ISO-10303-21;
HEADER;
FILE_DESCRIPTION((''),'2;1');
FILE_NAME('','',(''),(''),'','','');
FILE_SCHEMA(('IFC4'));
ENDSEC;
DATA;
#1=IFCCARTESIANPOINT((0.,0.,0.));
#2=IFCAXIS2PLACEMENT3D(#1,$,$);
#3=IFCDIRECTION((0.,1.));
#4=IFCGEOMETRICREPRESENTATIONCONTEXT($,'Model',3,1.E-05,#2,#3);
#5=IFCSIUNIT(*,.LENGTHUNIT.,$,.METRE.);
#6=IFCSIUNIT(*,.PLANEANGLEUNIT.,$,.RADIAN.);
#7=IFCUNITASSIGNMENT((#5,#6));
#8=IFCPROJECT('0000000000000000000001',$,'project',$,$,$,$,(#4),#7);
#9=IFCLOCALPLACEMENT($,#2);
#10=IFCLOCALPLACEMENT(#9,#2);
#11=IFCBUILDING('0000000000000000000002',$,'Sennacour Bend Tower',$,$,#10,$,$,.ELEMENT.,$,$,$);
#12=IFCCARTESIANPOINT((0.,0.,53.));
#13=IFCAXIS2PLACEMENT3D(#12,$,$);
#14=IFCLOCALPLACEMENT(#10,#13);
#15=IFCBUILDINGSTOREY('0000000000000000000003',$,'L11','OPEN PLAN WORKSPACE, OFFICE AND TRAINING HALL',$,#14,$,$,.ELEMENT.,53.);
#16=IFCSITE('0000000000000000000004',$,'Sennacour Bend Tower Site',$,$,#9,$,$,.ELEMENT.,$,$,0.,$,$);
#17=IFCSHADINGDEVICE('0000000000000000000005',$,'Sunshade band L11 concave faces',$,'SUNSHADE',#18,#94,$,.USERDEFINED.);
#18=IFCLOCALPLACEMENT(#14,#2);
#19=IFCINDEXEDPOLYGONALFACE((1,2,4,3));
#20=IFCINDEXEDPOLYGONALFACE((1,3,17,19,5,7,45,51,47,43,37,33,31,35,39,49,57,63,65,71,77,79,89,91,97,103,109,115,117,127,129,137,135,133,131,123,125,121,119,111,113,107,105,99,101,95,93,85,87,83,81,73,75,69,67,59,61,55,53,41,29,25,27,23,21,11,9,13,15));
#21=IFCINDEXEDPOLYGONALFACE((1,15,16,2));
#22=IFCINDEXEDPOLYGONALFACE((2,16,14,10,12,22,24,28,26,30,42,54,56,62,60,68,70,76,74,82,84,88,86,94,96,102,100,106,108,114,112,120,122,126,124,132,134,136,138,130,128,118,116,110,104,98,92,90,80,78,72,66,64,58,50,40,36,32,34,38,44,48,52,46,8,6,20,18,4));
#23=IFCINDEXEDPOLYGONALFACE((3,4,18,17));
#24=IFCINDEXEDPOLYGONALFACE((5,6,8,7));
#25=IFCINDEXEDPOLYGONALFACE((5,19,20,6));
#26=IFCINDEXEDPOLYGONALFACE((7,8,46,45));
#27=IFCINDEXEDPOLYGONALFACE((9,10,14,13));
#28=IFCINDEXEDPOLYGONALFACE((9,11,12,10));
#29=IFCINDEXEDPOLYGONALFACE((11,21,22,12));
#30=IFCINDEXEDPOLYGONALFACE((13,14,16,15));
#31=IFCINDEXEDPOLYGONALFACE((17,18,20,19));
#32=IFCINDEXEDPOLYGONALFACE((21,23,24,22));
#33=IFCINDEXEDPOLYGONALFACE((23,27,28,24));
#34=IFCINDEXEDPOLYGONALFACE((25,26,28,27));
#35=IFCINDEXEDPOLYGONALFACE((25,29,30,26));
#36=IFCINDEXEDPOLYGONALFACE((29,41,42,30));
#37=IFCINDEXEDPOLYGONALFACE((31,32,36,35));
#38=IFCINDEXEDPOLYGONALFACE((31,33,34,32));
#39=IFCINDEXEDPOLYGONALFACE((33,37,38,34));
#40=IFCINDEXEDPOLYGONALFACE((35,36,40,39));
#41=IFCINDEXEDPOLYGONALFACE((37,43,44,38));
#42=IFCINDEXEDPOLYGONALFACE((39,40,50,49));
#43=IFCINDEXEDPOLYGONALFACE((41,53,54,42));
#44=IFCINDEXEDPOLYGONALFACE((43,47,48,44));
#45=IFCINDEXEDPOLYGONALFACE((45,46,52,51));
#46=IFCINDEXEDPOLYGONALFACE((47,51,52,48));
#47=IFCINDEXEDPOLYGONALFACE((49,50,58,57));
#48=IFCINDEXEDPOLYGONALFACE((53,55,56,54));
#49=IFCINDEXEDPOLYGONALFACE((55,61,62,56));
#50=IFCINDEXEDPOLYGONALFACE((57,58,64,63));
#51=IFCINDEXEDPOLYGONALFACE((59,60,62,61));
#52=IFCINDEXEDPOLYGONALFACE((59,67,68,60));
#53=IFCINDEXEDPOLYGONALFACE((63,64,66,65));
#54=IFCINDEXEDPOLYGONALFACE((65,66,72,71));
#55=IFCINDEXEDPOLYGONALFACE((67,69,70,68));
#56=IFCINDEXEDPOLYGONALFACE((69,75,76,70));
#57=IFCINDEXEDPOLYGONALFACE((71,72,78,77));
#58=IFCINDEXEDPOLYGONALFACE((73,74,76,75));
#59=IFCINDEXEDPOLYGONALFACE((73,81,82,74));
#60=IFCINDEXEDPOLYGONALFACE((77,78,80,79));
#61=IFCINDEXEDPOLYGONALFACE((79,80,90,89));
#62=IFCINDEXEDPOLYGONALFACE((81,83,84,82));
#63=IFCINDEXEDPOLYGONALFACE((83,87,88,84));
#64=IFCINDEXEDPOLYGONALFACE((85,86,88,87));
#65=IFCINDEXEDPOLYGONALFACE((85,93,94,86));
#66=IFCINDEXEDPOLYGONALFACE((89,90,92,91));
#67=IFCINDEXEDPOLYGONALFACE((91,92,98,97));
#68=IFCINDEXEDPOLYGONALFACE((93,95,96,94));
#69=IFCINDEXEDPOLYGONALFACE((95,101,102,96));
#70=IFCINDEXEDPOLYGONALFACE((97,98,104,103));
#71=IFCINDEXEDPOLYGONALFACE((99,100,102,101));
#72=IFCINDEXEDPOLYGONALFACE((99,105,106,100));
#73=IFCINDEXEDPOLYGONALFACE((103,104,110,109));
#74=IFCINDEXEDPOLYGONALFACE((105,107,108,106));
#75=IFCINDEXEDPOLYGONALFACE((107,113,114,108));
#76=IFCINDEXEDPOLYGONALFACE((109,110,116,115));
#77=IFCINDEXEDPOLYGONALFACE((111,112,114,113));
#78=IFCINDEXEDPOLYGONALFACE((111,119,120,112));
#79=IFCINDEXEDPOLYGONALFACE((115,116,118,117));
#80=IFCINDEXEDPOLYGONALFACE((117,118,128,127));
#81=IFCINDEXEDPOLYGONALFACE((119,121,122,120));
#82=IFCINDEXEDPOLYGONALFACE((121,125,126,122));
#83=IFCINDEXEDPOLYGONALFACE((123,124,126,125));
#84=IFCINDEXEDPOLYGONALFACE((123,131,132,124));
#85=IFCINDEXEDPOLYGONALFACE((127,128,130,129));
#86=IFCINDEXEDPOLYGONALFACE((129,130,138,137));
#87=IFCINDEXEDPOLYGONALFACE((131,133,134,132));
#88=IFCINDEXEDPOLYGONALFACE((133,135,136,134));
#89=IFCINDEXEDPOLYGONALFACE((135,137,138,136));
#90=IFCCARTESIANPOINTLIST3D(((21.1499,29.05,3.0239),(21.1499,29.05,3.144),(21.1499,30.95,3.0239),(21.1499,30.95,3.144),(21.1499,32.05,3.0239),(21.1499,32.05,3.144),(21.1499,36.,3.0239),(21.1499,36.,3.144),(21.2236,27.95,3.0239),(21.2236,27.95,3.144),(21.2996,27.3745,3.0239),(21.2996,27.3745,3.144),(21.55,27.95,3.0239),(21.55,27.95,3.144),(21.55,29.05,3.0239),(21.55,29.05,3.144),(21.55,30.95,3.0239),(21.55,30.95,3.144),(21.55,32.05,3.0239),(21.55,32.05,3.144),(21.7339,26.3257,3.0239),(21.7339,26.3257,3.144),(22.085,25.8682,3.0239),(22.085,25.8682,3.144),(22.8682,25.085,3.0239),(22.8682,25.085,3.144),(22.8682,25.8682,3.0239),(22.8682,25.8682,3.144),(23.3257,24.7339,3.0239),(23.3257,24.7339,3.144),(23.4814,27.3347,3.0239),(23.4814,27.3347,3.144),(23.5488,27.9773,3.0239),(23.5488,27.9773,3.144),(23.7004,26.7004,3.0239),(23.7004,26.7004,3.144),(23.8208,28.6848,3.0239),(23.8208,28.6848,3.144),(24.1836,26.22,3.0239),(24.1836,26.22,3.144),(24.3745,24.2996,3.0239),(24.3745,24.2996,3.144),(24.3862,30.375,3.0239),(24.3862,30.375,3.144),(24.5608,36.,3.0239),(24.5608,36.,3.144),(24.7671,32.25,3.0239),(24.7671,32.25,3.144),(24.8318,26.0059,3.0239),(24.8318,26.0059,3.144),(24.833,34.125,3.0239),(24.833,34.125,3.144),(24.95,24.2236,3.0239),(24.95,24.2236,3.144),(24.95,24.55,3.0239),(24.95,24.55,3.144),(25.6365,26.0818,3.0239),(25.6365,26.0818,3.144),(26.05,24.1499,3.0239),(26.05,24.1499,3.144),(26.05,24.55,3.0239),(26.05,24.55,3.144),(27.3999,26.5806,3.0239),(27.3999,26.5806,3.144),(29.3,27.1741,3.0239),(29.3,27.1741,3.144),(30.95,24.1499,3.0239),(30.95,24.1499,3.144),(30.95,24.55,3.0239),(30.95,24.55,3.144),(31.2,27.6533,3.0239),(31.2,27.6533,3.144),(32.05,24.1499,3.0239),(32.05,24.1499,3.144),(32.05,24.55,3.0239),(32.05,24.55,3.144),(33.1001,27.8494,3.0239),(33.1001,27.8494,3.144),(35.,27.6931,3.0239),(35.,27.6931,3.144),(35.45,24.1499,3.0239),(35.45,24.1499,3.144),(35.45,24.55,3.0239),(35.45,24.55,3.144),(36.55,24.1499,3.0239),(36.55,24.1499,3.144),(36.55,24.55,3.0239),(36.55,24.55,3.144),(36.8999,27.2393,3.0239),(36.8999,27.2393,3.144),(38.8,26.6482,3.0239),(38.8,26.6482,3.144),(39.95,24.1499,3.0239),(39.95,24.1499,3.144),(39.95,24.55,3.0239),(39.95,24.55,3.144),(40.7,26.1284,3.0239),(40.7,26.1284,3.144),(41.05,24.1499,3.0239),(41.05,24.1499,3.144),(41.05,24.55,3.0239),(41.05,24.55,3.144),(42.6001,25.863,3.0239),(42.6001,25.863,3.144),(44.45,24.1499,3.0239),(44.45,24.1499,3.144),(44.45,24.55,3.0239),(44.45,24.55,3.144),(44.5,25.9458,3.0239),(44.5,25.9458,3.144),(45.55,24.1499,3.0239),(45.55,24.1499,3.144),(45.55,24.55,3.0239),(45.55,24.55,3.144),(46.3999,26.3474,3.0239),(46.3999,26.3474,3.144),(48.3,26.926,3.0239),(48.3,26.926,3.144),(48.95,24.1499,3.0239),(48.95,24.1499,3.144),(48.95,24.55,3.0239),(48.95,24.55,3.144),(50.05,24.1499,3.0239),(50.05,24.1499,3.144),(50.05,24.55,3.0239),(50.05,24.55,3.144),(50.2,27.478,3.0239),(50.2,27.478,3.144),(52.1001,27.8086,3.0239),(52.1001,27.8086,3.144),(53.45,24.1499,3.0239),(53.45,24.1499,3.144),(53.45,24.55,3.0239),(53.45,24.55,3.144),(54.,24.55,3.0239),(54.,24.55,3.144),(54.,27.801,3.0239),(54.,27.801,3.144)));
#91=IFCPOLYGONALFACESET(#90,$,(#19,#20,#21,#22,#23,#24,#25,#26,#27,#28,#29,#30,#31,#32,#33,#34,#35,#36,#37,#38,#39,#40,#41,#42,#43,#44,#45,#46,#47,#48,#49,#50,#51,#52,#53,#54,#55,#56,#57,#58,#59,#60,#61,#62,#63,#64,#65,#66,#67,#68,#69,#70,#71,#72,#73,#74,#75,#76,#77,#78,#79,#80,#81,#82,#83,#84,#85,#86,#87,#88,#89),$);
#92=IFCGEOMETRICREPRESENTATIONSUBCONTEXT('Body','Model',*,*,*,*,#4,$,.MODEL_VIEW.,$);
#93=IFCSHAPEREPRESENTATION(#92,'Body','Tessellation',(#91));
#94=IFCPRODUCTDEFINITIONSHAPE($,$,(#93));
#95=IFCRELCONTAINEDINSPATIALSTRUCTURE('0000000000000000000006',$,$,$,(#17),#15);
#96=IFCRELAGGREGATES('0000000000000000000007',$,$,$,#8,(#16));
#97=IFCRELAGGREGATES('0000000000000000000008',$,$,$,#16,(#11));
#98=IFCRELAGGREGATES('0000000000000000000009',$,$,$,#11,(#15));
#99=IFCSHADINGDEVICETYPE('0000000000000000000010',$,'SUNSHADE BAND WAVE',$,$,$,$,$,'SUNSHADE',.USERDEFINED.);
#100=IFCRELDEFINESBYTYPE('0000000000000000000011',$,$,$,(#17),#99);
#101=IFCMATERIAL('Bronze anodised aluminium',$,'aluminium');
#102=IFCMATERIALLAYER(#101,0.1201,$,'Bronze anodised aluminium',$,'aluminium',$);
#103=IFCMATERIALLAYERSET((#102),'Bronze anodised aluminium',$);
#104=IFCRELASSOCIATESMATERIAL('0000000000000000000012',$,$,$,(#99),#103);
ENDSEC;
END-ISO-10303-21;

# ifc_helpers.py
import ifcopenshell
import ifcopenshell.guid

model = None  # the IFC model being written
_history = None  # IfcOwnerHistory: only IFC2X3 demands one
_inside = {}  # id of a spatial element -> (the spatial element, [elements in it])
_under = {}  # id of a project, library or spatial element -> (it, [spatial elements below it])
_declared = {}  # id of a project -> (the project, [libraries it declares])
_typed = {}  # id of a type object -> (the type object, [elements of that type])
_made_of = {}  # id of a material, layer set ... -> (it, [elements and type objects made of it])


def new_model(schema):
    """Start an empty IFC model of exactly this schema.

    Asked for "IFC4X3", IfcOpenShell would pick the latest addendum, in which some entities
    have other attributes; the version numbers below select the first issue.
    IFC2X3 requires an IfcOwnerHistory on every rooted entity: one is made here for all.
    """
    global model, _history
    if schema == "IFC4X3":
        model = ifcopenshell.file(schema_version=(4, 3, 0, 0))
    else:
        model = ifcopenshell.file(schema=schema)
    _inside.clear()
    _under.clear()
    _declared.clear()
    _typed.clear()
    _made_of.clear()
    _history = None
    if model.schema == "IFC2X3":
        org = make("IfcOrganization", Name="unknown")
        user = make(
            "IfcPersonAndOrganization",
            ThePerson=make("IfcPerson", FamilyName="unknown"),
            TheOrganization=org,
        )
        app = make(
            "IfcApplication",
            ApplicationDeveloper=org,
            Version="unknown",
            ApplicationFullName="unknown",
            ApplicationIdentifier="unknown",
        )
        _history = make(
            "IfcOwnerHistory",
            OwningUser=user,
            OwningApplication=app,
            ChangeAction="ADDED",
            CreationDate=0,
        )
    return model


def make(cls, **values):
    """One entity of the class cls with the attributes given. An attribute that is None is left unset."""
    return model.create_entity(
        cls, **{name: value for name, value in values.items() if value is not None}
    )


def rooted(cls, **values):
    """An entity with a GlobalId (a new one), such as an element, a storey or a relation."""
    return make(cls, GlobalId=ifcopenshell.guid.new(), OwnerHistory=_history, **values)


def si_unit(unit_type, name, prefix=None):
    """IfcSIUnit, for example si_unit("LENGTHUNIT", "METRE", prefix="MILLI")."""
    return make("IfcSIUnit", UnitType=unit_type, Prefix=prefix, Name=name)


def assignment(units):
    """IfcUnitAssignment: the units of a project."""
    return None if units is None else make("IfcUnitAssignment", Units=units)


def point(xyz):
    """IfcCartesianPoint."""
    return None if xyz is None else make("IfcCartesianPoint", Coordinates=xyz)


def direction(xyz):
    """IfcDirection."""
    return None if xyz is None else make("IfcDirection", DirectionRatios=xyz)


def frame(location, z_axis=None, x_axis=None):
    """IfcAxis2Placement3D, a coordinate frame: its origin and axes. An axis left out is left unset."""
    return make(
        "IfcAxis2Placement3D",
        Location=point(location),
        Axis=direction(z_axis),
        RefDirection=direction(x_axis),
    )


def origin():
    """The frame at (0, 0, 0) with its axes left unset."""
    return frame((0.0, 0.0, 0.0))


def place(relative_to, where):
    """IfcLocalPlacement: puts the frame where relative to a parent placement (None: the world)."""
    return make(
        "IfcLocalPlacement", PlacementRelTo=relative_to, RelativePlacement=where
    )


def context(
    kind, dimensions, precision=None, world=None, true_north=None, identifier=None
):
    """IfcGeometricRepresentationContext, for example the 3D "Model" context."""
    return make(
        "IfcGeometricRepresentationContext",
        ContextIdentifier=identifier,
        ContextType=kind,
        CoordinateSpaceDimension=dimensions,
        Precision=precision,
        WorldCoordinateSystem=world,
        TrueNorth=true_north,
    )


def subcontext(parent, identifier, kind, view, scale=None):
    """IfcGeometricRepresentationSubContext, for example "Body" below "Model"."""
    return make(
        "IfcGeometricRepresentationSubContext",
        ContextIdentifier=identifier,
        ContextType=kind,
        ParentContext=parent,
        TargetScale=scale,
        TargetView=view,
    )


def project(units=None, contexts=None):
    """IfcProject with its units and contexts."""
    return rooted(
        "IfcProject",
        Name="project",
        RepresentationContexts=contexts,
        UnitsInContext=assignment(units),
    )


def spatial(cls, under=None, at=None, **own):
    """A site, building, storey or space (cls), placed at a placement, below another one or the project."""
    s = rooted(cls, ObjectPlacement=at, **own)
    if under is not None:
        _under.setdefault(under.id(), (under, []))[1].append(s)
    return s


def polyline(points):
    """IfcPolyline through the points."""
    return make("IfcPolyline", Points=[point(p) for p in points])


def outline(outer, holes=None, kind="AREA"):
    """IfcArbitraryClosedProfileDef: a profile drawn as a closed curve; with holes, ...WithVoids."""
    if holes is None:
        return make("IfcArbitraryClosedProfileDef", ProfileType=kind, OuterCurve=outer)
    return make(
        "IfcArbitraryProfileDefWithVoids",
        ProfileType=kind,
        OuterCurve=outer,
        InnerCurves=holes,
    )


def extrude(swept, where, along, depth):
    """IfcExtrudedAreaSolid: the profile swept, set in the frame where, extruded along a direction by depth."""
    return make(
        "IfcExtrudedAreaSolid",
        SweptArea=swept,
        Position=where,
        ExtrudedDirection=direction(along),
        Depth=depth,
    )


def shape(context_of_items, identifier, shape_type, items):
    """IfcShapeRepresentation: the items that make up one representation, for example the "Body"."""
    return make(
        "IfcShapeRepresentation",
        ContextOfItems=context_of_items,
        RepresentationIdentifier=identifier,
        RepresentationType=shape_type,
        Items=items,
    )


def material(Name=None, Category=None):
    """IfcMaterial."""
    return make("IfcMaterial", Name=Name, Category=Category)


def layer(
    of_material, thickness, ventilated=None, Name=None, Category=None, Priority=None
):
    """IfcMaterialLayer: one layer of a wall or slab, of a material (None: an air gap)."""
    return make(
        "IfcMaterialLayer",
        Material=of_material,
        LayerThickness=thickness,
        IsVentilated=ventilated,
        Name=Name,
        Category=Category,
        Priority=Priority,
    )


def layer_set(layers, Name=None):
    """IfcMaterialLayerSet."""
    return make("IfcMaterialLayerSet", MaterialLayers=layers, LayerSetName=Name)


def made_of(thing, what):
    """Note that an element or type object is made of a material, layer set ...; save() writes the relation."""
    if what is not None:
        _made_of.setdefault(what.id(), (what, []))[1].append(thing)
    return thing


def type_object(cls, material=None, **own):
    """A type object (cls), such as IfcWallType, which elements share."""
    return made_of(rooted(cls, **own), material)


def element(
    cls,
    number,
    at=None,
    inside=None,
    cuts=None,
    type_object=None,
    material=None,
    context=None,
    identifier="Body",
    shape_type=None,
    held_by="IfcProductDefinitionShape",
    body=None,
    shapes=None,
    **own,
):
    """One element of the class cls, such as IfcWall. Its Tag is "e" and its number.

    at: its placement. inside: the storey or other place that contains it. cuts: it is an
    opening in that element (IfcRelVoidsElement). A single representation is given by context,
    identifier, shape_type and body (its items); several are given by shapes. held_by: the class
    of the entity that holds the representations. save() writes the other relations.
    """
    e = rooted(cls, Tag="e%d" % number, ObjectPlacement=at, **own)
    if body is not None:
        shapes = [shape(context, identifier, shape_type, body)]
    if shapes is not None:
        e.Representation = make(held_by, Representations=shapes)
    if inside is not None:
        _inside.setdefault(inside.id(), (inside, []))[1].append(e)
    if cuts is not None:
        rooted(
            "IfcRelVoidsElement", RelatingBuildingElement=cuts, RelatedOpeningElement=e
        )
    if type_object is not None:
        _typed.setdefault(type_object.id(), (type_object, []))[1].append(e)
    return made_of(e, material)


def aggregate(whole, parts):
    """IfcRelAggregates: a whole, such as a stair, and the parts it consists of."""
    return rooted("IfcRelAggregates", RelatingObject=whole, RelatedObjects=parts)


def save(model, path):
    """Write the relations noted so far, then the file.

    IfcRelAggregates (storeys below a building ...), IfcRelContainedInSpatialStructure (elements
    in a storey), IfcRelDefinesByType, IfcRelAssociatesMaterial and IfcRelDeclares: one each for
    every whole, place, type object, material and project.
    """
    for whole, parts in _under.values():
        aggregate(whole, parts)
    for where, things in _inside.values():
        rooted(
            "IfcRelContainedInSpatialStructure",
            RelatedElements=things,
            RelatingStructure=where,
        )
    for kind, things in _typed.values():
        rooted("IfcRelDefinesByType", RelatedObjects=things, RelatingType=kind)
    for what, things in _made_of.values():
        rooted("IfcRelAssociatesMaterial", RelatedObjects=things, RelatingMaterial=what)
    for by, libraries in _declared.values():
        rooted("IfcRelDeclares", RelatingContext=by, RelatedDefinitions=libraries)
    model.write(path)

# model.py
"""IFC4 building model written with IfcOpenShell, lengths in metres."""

from ifc_helpers import new_model, si_unit, direction, frame, origin, place, context, subcontext, project, spatial, polyline, outline, extrude, material, layer, layer_set, type_object, element, save


model = new_model("IFC4")

# Units and contexts
model_context = context("Model", 3, precision=1e-05, world=origin(), true_north=direction((0.0, 1.0)))
body_context = subcontext(model_context, "Body", "Model", "MODEL_VIEW")
ifc_project = project(units=[si_unit("LENGTHUNIT", "METRE"), si_unit("PLANEANGLEUNIT", "RADIAN")], contexts=[model_context])

# Site, building, storey
site_placement = place(None, origin())
site = spatial("IfcSite", under=ifc_project, at=site_placement, Name="Sennacour Bend Tower Site", CompositionType="ELEMENT", RefElevation=0.0)
building_placement = place(site_placement, origin())
building = spatial("IfcBuilding", under=site, at=building_placement, Name="Sennacour Bend Tower", CompositionType="ELEMENT")
storey_placement = place(building_placement, frame((0.0, 0.0, 53.0)))
storey = spatial("IfcBuildingStorey", under=building, at=storey_placement, Name="L11", Description="OPEN PLAN WORKSPACE, OFFICE AND TRAINING HALL", CompositionType="ELEMENT", Elevation=53.0)

# Shading device
ifc_material_1 = material(Name="Bronze anodised aluminium", Category="aluminium")
ifc_layer_1 = layer(ifc_material_1, 0.1201, Name="Bronze anodised aluminium", Category="aluminium")
ifc_layer_set_1 = layer_set([ifc_layer_1], Name="Bronze anodised aluminium")
shading_device_type_1 = type_object("IfcShadingDeviceType", Name="SUNSHADE BAND WAVE", ElementType="SUNSHADE", PredefinedType="USERDEFINED", material=ifc_layer_set_1)
shading_device_1_placement = place(storey_placement, frame((0.0, 0.0, 3.0239)))
element("IfcShadingDevice", 1, at=shading_device_1_placement, inside=storey, type_object=shading_device_type_1, Name="Sunshade band L11 concave faces", ObjectType="SUNSHADE", PredefinedType="USERDEFINED", context=body_context, shape_type="SweptSolid", body=[
    extrude(outline(polyline([(53.45, 24.1499), (50.05, 24.1499), (50.05, 24.55), (48.95, 24.55), (48.95, 24.1499), (45.55, 24.1499), (45.55, 24.55), (44.45, 24.55), (44.45, 24.1499), (41.05, 24.1499), (41.05, 24.55), (39.95, 24.55), (39.95, 24.1499), (36.55, 24.1499), (36.55, 24.55), (35.45, 24.55), (35.45, 24.1499), (32.05, 24.1499), (32.05, 24.55), (30.95, 24.55), (30.95, 24.1499), (26.05, 24.1499), (26.05, 24.55), (24.95, 24.55), (24.95, 24.2236), (24.3745, 24.2996), (23.3257, 24.7339), (22.8682, 25.085), (22.8682, 25.8682), (22.085, 25.8682), (21.7339, 26.3257), (21.2996, 27.3745), (21.2236, 27.95), (21.55, 27.95), (21.55, 29.05), (21.1499, 29.05), (21.1499, 30.95), (21.55, 30.95), (21.55, 32.05), (21.1499, 32.05), (21.1499, 36.0), (24.5608, 36.0), (24.833, 34.125), (24.7671, 32.25), (24.3862, 30.375), (23.8208, 28.6848), (23.5488, 27.9773), (23.4814, 27.3347), (23.7004, 26.7004), (24.1836, 26.22), (24.8318, 26.0059), (25.6365, 26.0818), (27.3999, 26.5806), (29.3, 27.1741), (31.2, 27.6533), (33.1001, 27.8494), (35.0, 27.6931), (36.8999, 27.2393), (38.8, 26.6482), (40.7, 26.1284), (42.6001, 25.863), (44.5, 25.9458), (46.3999, 26.3474), (48.3, 26.926), (50.2, 27.478), (52.1001, 27.8086), (54.0, 27.801), (54.0, 24.55), (53.45, 24.55), (53.45, 24.1499)])), origin(), (0.0, 0.0, 1.0), 0.1201),
])

save(model, "model.ifc")
